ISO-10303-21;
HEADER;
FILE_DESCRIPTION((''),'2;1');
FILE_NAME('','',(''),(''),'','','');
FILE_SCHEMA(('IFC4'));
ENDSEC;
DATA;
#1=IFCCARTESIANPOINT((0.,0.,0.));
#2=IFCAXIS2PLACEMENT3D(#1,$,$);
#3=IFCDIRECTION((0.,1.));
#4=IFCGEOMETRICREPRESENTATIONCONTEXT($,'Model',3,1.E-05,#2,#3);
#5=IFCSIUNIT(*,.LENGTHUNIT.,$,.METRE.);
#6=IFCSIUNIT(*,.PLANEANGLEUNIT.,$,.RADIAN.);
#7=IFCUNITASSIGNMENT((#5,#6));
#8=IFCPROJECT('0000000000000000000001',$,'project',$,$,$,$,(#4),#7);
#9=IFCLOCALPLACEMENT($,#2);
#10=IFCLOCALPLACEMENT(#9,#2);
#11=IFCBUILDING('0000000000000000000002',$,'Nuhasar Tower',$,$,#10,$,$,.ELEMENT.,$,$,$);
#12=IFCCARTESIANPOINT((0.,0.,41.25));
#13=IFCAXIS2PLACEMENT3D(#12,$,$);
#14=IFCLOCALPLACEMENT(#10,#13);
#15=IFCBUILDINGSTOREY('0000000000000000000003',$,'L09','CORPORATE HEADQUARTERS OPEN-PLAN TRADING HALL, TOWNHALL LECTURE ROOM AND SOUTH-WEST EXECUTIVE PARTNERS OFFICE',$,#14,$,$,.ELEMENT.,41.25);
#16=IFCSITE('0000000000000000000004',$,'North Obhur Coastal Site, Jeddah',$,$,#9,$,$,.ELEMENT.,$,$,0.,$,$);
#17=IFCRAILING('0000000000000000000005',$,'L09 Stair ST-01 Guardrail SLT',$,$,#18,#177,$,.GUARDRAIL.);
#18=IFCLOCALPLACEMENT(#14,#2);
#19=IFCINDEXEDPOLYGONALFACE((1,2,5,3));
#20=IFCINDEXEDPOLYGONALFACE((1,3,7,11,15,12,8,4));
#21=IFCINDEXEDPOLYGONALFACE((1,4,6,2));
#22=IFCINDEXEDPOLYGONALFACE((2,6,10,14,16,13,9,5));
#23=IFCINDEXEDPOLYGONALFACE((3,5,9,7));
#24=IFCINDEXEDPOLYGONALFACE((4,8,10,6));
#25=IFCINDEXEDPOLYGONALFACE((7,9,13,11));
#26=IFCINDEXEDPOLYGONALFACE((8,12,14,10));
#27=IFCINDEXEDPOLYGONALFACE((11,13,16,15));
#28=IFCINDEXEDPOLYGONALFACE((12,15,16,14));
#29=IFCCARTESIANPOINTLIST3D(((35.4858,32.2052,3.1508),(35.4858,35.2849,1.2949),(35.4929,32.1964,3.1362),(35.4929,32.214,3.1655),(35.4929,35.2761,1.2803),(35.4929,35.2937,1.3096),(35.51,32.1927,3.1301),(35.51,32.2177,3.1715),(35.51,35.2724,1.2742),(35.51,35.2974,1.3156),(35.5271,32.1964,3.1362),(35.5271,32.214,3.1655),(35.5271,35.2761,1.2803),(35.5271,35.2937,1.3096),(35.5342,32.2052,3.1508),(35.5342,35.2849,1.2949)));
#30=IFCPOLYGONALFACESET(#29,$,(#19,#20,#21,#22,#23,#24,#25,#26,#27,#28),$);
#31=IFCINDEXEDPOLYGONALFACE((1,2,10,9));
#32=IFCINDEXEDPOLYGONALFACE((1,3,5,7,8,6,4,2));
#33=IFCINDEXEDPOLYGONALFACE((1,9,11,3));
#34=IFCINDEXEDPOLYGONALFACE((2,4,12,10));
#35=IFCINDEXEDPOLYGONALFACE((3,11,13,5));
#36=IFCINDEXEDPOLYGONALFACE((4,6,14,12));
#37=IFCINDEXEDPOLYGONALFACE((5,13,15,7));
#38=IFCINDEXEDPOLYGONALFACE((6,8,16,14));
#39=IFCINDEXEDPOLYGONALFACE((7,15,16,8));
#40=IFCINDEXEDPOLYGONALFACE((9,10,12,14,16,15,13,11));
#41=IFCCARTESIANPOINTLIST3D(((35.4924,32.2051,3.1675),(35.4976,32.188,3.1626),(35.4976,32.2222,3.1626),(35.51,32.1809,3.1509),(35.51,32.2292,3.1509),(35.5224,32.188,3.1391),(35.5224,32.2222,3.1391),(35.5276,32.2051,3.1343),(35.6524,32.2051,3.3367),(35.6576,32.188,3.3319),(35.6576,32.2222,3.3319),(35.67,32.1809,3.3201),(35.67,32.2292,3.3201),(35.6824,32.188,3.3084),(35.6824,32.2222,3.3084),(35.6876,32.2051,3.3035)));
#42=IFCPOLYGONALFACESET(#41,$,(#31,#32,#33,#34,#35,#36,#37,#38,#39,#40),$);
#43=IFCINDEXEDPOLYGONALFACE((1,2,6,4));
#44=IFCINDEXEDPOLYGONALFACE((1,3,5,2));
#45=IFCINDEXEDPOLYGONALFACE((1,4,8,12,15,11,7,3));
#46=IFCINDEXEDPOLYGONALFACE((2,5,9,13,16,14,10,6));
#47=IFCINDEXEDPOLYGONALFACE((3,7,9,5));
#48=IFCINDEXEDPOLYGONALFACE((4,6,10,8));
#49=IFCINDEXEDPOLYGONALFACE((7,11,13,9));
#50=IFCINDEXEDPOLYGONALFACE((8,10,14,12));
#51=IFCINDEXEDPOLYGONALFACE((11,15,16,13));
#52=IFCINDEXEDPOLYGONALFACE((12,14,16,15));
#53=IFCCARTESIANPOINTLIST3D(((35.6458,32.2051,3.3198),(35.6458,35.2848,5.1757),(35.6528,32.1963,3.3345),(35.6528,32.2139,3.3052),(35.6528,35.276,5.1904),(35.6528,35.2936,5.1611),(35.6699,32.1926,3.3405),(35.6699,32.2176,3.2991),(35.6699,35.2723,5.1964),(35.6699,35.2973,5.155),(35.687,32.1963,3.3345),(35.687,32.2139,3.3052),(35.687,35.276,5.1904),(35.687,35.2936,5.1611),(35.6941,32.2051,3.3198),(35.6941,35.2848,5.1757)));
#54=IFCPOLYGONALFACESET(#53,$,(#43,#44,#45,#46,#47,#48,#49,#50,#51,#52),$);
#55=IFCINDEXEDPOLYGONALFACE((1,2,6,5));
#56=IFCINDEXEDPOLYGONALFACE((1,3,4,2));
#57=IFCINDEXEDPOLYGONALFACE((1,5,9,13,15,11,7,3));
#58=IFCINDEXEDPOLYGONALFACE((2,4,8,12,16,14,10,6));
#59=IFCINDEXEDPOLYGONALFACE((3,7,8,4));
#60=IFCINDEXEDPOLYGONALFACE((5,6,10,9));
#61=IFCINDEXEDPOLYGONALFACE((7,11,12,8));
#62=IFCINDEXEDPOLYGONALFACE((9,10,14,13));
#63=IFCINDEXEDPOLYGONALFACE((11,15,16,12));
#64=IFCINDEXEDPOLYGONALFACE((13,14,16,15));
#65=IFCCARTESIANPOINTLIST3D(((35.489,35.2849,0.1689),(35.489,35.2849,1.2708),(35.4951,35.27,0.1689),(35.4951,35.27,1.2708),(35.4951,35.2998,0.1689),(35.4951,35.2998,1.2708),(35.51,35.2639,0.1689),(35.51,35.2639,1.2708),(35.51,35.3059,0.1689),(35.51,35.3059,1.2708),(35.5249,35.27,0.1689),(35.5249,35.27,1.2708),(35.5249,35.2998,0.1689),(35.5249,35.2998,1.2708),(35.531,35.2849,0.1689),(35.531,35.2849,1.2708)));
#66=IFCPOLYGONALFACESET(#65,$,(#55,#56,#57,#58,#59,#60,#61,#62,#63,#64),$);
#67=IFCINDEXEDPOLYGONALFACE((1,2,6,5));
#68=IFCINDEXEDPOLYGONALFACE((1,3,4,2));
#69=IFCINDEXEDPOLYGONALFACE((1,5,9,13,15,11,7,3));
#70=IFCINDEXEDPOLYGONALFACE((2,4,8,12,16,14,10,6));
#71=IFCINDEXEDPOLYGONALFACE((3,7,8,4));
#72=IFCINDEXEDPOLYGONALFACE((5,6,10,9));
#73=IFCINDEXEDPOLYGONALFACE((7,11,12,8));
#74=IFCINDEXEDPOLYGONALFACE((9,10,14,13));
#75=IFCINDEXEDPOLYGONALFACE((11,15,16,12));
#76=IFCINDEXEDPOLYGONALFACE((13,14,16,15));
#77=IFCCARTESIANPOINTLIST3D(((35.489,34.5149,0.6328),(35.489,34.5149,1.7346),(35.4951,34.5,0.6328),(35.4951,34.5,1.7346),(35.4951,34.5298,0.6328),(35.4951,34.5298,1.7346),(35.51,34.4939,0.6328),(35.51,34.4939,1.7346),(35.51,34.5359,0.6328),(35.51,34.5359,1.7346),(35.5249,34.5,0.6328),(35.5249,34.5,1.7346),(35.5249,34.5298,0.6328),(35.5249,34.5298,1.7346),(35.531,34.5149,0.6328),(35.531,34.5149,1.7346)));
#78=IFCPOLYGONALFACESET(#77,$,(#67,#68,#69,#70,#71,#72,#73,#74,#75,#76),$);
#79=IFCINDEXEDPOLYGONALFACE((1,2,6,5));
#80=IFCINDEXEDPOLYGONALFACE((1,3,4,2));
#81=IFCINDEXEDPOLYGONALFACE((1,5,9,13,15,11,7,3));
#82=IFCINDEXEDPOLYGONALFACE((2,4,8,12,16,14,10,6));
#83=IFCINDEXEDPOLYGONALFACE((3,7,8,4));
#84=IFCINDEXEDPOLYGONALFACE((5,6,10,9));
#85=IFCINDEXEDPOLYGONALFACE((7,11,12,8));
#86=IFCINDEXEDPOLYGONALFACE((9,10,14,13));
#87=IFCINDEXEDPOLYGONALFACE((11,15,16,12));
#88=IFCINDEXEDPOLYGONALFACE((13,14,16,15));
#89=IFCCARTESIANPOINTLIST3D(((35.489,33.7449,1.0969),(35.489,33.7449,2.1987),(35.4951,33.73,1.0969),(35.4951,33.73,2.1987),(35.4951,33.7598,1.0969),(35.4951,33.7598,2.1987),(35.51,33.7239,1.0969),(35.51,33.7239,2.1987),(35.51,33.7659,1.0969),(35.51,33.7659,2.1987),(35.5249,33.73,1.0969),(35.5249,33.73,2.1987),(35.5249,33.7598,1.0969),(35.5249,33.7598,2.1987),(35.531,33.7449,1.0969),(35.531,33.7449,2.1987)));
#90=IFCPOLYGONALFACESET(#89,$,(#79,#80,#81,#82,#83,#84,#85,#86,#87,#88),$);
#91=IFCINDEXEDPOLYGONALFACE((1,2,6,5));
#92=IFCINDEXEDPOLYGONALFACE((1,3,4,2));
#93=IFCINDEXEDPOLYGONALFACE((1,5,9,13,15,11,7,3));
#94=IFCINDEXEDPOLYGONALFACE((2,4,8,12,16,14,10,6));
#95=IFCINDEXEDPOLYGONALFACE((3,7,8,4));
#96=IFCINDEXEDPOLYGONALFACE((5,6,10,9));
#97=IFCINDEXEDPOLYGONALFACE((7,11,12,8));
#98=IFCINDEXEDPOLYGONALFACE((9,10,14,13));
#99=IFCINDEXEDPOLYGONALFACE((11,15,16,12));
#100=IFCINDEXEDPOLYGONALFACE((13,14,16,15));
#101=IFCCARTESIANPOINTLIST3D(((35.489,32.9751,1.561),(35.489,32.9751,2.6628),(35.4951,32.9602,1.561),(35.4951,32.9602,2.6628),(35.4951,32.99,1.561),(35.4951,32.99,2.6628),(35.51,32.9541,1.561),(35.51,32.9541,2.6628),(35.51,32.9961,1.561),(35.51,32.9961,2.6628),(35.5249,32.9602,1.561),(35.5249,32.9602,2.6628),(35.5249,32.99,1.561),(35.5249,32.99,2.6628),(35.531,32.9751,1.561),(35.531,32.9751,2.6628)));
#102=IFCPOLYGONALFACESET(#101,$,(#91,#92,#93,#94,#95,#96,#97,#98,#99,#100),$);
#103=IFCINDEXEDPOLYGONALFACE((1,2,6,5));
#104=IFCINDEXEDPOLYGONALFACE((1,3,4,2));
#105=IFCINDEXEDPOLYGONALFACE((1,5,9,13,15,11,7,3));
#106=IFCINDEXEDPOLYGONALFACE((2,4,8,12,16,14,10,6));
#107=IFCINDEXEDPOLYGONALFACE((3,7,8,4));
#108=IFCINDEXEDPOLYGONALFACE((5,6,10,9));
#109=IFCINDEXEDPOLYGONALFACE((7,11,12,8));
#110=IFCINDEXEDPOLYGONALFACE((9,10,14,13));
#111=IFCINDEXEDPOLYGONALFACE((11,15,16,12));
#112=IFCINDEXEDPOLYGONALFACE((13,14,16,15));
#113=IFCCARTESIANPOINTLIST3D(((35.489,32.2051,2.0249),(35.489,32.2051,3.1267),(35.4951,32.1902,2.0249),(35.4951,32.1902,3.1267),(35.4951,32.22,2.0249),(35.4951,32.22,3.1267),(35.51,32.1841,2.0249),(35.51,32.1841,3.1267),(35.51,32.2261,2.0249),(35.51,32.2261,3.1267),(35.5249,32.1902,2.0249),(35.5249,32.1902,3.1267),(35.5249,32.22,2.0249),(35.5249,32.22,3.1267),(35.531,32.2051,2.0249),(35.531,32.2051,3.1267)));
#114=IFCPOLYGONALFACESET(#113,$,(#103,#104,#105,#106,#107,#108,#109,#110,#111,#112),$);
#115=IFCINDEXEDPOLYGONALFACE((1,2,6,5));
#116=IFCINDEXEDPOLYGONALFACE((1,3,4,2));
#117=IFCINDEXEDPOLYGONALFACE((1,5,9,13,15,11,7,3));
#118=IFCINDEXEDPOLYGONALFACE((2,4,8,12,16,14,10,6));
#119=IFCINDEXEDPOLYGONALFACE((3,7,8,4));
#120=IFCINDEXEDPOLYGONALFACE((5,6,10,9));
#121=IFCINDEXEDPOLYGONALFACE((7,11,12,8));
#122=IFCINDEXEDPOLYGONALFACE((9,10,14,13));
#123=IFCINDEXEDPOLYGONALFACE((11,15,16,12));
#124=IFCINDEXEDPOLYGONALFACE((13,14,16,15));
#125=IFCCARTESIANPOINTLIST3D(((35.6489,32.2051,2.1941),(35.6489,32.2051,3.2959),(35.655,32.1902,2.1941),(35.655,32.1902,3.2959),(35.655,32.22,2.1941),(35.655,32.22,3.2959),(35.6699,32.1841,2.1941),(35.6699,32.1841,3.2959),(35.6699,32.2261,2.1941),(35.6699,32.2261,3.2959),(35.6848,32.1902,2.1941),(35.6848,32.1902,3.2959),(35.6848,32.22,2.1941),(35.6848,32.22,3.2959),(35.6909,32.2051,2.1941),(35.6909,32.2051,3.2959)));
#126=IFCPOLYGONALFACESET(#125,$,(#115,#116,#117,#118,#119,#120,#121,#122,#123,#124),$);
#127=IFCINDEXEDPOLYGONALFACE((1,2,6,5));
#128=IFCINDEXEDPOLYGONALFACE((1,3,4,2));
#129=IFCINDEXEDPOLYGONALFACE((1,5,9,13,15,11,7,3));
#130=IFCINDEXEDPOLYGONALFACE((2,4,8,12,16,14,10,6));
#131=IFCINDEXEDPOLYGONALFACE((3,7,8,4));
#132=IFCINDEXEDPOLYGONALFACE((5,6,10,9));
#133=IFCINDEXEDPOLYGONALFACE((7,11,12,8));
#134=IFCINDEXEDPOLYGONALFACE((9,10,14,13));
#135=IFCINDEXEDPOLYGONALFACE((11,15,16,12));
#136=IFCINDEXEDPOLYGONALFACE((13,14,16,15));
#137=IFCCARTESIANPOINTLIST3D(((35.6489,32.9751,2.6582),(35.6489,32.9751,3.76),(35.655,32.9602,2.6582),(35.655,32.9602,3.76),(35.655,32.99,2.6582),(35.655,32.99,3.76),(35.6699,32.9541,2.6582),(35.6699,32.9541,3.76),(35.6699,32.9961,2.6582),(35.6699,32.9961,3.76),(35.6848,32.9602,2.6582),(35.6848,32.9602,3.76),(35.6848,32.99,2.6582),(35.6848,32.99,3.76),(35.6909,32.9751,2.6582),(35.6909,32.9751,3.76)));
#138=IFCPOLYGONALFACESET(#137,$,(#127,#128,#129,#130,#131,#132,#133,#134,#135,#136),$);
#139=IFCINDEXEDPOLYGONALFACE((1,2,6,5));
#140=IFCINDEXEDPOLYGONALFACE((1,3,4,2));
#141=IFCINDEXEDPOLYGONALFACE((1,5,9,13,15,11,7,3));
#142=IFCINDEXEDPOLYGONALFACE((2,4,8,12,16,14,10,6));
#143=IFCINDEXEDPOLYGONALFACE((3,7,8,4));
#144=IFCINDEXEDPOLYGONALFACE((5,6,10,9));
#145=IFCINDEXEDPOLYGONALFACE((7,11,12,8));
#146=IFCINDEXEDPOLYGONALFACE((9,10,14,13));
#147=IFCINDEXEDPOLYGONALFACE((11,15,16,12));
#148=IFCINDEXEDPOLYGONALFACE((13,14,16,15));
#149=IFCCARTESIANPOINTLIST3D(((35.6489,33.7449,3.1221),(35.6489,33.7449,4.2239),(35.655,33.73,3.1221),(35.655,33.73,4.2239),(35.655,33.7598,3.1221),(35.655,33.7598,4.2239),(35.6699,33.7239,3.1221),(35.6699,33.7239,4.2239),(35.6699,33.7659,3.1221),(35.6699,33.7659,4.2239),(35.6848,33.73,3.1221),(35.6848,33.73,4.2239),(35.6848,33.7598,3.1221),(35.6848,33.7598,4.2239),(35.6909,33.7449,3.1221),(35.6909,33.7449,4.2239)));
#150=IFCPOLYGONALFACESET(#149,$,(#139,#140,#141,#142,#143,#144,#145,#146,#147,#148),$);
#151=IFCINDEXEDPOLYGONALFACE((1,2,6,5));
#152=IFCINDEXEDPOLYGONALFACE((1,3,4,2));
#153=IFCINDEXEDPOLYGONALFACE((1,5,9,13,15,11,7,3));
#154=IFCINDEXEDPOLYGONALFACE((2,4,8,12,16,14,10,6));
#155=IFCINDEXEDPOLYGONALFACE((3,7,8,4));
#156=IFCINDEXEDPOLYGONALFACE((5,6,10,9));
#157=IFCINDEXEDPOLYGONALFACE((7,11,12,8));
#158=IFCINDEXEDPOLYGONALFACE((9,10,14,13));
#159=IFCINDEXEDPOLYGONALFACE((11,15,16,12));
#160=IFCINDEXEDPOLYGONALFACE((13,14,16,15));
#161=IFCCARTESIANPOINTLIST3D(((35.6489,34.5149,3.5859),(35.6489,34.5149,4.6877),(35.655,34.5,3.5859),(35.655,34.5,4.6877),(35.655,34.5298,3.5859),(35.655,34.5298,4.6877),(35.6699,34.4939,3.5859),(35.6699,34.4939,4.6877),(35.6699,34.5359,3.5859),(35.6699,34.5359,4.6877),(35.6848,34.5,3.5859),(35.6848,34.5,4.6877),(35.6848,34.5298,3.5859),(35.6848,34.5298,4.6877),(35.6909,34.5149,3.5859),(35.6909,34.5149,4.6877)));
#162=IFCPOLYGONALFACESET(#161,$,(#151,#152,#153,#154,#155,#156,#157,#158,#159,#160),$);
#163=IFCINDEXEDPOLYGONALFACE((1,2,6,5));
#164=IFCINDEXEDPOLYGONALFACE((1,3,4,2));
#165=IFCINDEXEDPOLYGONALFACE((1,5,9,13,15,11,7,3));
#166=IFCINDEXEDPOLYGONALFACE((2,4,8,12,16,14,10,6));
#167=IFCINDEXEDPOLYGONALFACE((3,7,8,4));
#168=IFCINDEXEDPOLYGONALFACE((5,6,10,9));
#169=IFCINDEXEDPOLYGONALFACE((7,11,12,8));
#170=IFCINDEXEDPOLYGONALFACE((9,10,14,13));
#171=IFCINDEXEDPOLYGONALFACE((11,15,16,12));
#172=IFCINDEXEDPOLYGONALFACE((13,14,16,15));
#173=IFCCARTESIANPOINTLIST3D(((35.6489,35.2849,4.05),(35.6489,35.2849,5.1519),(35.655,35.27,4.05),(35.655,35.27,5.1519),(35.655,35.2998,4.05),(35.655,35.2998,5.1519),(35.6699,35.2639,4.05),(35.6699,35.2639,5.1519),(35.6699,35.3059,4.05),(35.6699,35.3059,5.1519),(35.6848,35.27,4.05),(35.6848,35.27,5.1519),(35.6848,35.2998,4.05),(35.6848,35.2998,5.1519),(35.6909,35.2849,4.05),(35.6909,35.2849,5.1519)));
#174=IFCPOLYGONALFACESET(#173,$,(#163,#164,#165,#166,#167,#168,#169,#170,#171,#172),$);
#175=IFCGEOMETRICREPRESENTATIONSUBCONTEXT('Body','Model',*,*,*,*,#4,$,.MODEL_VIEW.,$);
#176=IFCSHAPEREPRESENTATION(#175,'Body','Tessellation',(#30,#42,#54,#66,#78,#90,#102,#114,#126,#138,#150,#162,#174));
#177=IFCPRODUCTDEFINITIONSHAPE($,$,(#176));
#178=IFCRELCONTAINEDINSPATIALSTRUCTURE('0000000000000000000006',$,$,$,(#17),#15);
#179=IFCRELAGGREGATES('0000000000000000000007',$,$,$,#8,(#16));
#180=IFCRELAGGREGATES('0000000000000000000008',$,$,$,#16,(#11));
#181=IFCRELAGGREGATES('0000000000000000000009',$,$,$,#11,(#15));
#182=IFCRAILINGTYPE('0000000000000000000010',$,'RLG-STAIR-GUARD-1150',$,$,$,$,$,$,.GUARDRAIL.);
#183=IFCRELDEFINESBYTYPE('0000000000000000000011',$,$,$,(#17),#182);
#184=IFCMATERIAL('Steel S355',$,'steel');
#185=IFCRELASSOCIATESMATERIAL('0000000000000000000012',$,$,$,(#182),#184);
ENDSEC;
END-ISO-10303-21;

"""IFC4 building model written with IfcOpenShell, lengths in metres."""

from ifc_helpers import new_model, si_unit, direction, frame, origin, place, context, subcontext, project, spatial, polyline, outline, extrude, material, type_object, element, save


model = new_model("IFC4")

# Units and contexts
model_context = context("Model", 3, precision=1e-05, world=origin(), true_north=direction((0.0, 1.0)))
body_context = subcontext(model_context, "Body", "Model", "MODEL_VIEW")
ifc_project = project(units=[si_unit("LENGTHUNIT", "METRE"), si_unit("PLANEANGLEUNIT", "RADIAN")], contexts=[model_context])

# Site, building, storey
site_placement = place(None, origin())
site = spatial("IfcSite", under=ifc_project, at=site_placement, Name="North Obhur Coastal Site, Jeddah", CompositionType="ELEMENT", RefElevation=0.0)
building_placement = place(site_placement, origin())
building = spatial("IfcBuilding", under=site, at=building_placement, Name="Nuhasar Tower", CompositionType="ELEMENT")
storey_placement = place(building_placement, frame((0.0, 0.0, 41.25)))
storey = spatial("IfcBuildingStorey", under=building, at=storey_placement, Name="L09", Description="CORPORATE HEADQUARTERS OPEN-PLAN TRADING HALL, TOWNHALL LECTURE ROOM AND SOUTH-WEST EXECUTIVE PARTNERS OFFICE", CompositionType="ELEMENT", Elevation=41.25)

# Shared definitions
ifc_material_1 = material(Name="Steel S355", Category="steel")

# Railing
railing_type_1 = type_object("IfcRailingType", Name="RLG-STAIR-GUARD-1150", PredefinedType="GUARDRAIL", material=ifc_material_1)
railing_1_placement = place(storey_placement, frame((35.51, 35.2849, 0.1689)))
element("IfcRailing", 1, at=railing_1_placement, inside=storey, type_object=railing_type_1, Name="L09 Stair ST-01 Guardrail SLT", PredefinedType="GUARDRAIL", context=body_context, shape_type="SweptSolid", body=[
    extrude(outline(polyline([(0.0242, 0.0), (0.0171, 0.0171), (0.0, 0.0242), (-0.0171, 0.0171), (-0.0242, 0.0), (-0.0171, -0.0171), (0.0, -0.0242), (0.0171, -0.0171), (0.0242, 0.0)])), frame((0.0, 0.0, 1.126), z_axis=(0.0, -0.856503, 0.516142), x_axis=(1.0, 0.0, 0.0)), (0.0, 0.0, 1.0), 3.5957),
    extrude(outline(polyline([(0.0242, 0.0), (0.0171, 0.0171), (0.0, 0.0242), (-0.0171, 0.0171), (-0.0242, 0.0), (-0.0171, -0.0171), (0.0, -0.0242), (0.0171, -0.0171), (0.0242, 0.0)])), frame((0.0, -3.0798, 2.9819), z_axis=(0.686901, 0.0, 0.726751), x_axis=(0.0, 1.0, 0.0)), (0.0, 0.0, 1.0), 0.2329),
    extrude(outline(polyline([(0.0242, 0.0), (0.0171, 0.0171), (0.0, 0.0242), (-0.0171, 0.0171), (-0.0242, 0.0), (-0.0171, -0.0171), (0.0, -0.0242), (0.0171, -0.0171), (0.0242, 0.0)])), frame((0.1599, -3.0798, 3.1509), z_axis=(0.0, 0.856503, 0.516142), x_axis=(-1.0, 0.0, 0.0)), (0.0, 0.0, 1.0), 3.5957),
    extrude(outline(polyline([(0.021, 0.0), (0.0149, 0.0149), (0.0, 0.021), (-0.0149, 0.0149), (-0.021, 0.0), (-0.0149, -0.0149), (0.0, -0.021), (0.0149, -0.0149), (0.021, 0.0)])), origin(), (0.0, 0.0, 1.0), 1.1018),
    extrude(outline(polyline([(0.021, 0.0), (0.0149, 0.0149), (0.0, 0.021), (-0.0149, 0.0149), (-0.021, 0.0), (-0.0149, -0.0149), (0.0, -0.021), (0.0149, -0.0149), (0.021, 0.0)])), frame((0.0, -0.77, 0.4639)), (0.0, 0.0, 1.0), 1.1018),
    extrude(outline(polyline([(0.021, 0.0), (0.0149, 0.0149), (0.0, 0.021), (-0.0149, 0.0149), (-0.021, 0.0), (-0.0149, -0.0149), (0.0, -0.021), (0.0149, -0.0149), (0.021, 0.0)])), frame((0.0, -1.54, 0.928)), (0.0, 0.0, 1.0), 1.1018),
    extrude(outline(polyline([(0.021, 0.0), (0.0149, 0.0149), (0.0, 0.021), (-0.0149, 0.0149), (-0.021, 0.0), (-0.0149, -0.0149), (0.0, -0.021), (0.0149, -0.0149), (0.021, 0.0)])), frame((0.0, -2.3098, 1.3921)), (0.0, 0.0, 1.0), 1.1018),
    extrude(outline(polyline([(0.021, 0.0), (0.0149, 0.0149), (0.0, 0.021), (-0.0149, 0.0149), (-0.021, 0.0), (-0.0149, -0.0149), (0.0, -0.021), (0.0149, -0.0149), (0.021, 0.0)])), frame((0.0, -3.0798, 1.856)), (0.0, 0.0, 1.0), 1.1018),
    extrude(outline(polyline([(0.021, 0.0), (0.0149, 0.0149), (0.0, 0.021), (-0.0149, 0.0149), (-0.021, 0.0), (-0.0149, -0.0149), (0.0, -0.021), (0.0149, -0.0149), (0.021, 0.0)])), frame((0.1599, -3.0798, 2.0251)), (0.0, 0.0, 1.0), 1.1018),
    extrude(outline(polyline([(0.021, 0.0), (0.0149, 0.0149), (0.0, 0.021), (-0.0149, 0.0149), (-0.021, 0.0), (-0.0149, -0.0149), (0.0, -0.021), (0.0149, -0.0149), (0.021, 0.0)])), frame((0.1599, -2.3098, 2.4893)), (0.0, 0.0, 1.0), 1.1018),
    extrude(outline(polyline([(0.021, 0.0), (0.0149, 0.0149), (0.0, 0.021), (-0.0149, 0.0149), (-0.021, 0.0), (-0.0149, -0.0149), (0.0, -0.021), (0.0149, -0.0149), (0.021, 0.0)])), frame((0.1599, -1.54, 2.9531)), (0.0, 0.0, 1.0), 1.1018),
    extrude(outline(polyline([(0.021, 0.0), (0.0149, 0.0149), (0.0, 0.021), (-0.0149, 0.0149), (-0.021, 0.0), (-0.0149, -0.0149), (0.0, -0.021), (0.0149, -0.0149), (0.021, 0.0)])), frame((0.1599, -0.77, 3.417)), (0.0, 0.0, 1.0), 1.1018),
    extrude(outline(polyline([(0.021, 0.0), (0.0149, 0.0149), (0.0, 0.021), (-0.0149, 0.0149), (-0.021, 0.0), (-0.0149, -0.0149), (0.0, -0.021), (0.0149, -0.0149), (0.021, 0.0)])), frame((0.1599, 0.0, 3.8811)), (0.0, 0.0, 1.0), 1.1018),
])

save(model, "model.ifc")
